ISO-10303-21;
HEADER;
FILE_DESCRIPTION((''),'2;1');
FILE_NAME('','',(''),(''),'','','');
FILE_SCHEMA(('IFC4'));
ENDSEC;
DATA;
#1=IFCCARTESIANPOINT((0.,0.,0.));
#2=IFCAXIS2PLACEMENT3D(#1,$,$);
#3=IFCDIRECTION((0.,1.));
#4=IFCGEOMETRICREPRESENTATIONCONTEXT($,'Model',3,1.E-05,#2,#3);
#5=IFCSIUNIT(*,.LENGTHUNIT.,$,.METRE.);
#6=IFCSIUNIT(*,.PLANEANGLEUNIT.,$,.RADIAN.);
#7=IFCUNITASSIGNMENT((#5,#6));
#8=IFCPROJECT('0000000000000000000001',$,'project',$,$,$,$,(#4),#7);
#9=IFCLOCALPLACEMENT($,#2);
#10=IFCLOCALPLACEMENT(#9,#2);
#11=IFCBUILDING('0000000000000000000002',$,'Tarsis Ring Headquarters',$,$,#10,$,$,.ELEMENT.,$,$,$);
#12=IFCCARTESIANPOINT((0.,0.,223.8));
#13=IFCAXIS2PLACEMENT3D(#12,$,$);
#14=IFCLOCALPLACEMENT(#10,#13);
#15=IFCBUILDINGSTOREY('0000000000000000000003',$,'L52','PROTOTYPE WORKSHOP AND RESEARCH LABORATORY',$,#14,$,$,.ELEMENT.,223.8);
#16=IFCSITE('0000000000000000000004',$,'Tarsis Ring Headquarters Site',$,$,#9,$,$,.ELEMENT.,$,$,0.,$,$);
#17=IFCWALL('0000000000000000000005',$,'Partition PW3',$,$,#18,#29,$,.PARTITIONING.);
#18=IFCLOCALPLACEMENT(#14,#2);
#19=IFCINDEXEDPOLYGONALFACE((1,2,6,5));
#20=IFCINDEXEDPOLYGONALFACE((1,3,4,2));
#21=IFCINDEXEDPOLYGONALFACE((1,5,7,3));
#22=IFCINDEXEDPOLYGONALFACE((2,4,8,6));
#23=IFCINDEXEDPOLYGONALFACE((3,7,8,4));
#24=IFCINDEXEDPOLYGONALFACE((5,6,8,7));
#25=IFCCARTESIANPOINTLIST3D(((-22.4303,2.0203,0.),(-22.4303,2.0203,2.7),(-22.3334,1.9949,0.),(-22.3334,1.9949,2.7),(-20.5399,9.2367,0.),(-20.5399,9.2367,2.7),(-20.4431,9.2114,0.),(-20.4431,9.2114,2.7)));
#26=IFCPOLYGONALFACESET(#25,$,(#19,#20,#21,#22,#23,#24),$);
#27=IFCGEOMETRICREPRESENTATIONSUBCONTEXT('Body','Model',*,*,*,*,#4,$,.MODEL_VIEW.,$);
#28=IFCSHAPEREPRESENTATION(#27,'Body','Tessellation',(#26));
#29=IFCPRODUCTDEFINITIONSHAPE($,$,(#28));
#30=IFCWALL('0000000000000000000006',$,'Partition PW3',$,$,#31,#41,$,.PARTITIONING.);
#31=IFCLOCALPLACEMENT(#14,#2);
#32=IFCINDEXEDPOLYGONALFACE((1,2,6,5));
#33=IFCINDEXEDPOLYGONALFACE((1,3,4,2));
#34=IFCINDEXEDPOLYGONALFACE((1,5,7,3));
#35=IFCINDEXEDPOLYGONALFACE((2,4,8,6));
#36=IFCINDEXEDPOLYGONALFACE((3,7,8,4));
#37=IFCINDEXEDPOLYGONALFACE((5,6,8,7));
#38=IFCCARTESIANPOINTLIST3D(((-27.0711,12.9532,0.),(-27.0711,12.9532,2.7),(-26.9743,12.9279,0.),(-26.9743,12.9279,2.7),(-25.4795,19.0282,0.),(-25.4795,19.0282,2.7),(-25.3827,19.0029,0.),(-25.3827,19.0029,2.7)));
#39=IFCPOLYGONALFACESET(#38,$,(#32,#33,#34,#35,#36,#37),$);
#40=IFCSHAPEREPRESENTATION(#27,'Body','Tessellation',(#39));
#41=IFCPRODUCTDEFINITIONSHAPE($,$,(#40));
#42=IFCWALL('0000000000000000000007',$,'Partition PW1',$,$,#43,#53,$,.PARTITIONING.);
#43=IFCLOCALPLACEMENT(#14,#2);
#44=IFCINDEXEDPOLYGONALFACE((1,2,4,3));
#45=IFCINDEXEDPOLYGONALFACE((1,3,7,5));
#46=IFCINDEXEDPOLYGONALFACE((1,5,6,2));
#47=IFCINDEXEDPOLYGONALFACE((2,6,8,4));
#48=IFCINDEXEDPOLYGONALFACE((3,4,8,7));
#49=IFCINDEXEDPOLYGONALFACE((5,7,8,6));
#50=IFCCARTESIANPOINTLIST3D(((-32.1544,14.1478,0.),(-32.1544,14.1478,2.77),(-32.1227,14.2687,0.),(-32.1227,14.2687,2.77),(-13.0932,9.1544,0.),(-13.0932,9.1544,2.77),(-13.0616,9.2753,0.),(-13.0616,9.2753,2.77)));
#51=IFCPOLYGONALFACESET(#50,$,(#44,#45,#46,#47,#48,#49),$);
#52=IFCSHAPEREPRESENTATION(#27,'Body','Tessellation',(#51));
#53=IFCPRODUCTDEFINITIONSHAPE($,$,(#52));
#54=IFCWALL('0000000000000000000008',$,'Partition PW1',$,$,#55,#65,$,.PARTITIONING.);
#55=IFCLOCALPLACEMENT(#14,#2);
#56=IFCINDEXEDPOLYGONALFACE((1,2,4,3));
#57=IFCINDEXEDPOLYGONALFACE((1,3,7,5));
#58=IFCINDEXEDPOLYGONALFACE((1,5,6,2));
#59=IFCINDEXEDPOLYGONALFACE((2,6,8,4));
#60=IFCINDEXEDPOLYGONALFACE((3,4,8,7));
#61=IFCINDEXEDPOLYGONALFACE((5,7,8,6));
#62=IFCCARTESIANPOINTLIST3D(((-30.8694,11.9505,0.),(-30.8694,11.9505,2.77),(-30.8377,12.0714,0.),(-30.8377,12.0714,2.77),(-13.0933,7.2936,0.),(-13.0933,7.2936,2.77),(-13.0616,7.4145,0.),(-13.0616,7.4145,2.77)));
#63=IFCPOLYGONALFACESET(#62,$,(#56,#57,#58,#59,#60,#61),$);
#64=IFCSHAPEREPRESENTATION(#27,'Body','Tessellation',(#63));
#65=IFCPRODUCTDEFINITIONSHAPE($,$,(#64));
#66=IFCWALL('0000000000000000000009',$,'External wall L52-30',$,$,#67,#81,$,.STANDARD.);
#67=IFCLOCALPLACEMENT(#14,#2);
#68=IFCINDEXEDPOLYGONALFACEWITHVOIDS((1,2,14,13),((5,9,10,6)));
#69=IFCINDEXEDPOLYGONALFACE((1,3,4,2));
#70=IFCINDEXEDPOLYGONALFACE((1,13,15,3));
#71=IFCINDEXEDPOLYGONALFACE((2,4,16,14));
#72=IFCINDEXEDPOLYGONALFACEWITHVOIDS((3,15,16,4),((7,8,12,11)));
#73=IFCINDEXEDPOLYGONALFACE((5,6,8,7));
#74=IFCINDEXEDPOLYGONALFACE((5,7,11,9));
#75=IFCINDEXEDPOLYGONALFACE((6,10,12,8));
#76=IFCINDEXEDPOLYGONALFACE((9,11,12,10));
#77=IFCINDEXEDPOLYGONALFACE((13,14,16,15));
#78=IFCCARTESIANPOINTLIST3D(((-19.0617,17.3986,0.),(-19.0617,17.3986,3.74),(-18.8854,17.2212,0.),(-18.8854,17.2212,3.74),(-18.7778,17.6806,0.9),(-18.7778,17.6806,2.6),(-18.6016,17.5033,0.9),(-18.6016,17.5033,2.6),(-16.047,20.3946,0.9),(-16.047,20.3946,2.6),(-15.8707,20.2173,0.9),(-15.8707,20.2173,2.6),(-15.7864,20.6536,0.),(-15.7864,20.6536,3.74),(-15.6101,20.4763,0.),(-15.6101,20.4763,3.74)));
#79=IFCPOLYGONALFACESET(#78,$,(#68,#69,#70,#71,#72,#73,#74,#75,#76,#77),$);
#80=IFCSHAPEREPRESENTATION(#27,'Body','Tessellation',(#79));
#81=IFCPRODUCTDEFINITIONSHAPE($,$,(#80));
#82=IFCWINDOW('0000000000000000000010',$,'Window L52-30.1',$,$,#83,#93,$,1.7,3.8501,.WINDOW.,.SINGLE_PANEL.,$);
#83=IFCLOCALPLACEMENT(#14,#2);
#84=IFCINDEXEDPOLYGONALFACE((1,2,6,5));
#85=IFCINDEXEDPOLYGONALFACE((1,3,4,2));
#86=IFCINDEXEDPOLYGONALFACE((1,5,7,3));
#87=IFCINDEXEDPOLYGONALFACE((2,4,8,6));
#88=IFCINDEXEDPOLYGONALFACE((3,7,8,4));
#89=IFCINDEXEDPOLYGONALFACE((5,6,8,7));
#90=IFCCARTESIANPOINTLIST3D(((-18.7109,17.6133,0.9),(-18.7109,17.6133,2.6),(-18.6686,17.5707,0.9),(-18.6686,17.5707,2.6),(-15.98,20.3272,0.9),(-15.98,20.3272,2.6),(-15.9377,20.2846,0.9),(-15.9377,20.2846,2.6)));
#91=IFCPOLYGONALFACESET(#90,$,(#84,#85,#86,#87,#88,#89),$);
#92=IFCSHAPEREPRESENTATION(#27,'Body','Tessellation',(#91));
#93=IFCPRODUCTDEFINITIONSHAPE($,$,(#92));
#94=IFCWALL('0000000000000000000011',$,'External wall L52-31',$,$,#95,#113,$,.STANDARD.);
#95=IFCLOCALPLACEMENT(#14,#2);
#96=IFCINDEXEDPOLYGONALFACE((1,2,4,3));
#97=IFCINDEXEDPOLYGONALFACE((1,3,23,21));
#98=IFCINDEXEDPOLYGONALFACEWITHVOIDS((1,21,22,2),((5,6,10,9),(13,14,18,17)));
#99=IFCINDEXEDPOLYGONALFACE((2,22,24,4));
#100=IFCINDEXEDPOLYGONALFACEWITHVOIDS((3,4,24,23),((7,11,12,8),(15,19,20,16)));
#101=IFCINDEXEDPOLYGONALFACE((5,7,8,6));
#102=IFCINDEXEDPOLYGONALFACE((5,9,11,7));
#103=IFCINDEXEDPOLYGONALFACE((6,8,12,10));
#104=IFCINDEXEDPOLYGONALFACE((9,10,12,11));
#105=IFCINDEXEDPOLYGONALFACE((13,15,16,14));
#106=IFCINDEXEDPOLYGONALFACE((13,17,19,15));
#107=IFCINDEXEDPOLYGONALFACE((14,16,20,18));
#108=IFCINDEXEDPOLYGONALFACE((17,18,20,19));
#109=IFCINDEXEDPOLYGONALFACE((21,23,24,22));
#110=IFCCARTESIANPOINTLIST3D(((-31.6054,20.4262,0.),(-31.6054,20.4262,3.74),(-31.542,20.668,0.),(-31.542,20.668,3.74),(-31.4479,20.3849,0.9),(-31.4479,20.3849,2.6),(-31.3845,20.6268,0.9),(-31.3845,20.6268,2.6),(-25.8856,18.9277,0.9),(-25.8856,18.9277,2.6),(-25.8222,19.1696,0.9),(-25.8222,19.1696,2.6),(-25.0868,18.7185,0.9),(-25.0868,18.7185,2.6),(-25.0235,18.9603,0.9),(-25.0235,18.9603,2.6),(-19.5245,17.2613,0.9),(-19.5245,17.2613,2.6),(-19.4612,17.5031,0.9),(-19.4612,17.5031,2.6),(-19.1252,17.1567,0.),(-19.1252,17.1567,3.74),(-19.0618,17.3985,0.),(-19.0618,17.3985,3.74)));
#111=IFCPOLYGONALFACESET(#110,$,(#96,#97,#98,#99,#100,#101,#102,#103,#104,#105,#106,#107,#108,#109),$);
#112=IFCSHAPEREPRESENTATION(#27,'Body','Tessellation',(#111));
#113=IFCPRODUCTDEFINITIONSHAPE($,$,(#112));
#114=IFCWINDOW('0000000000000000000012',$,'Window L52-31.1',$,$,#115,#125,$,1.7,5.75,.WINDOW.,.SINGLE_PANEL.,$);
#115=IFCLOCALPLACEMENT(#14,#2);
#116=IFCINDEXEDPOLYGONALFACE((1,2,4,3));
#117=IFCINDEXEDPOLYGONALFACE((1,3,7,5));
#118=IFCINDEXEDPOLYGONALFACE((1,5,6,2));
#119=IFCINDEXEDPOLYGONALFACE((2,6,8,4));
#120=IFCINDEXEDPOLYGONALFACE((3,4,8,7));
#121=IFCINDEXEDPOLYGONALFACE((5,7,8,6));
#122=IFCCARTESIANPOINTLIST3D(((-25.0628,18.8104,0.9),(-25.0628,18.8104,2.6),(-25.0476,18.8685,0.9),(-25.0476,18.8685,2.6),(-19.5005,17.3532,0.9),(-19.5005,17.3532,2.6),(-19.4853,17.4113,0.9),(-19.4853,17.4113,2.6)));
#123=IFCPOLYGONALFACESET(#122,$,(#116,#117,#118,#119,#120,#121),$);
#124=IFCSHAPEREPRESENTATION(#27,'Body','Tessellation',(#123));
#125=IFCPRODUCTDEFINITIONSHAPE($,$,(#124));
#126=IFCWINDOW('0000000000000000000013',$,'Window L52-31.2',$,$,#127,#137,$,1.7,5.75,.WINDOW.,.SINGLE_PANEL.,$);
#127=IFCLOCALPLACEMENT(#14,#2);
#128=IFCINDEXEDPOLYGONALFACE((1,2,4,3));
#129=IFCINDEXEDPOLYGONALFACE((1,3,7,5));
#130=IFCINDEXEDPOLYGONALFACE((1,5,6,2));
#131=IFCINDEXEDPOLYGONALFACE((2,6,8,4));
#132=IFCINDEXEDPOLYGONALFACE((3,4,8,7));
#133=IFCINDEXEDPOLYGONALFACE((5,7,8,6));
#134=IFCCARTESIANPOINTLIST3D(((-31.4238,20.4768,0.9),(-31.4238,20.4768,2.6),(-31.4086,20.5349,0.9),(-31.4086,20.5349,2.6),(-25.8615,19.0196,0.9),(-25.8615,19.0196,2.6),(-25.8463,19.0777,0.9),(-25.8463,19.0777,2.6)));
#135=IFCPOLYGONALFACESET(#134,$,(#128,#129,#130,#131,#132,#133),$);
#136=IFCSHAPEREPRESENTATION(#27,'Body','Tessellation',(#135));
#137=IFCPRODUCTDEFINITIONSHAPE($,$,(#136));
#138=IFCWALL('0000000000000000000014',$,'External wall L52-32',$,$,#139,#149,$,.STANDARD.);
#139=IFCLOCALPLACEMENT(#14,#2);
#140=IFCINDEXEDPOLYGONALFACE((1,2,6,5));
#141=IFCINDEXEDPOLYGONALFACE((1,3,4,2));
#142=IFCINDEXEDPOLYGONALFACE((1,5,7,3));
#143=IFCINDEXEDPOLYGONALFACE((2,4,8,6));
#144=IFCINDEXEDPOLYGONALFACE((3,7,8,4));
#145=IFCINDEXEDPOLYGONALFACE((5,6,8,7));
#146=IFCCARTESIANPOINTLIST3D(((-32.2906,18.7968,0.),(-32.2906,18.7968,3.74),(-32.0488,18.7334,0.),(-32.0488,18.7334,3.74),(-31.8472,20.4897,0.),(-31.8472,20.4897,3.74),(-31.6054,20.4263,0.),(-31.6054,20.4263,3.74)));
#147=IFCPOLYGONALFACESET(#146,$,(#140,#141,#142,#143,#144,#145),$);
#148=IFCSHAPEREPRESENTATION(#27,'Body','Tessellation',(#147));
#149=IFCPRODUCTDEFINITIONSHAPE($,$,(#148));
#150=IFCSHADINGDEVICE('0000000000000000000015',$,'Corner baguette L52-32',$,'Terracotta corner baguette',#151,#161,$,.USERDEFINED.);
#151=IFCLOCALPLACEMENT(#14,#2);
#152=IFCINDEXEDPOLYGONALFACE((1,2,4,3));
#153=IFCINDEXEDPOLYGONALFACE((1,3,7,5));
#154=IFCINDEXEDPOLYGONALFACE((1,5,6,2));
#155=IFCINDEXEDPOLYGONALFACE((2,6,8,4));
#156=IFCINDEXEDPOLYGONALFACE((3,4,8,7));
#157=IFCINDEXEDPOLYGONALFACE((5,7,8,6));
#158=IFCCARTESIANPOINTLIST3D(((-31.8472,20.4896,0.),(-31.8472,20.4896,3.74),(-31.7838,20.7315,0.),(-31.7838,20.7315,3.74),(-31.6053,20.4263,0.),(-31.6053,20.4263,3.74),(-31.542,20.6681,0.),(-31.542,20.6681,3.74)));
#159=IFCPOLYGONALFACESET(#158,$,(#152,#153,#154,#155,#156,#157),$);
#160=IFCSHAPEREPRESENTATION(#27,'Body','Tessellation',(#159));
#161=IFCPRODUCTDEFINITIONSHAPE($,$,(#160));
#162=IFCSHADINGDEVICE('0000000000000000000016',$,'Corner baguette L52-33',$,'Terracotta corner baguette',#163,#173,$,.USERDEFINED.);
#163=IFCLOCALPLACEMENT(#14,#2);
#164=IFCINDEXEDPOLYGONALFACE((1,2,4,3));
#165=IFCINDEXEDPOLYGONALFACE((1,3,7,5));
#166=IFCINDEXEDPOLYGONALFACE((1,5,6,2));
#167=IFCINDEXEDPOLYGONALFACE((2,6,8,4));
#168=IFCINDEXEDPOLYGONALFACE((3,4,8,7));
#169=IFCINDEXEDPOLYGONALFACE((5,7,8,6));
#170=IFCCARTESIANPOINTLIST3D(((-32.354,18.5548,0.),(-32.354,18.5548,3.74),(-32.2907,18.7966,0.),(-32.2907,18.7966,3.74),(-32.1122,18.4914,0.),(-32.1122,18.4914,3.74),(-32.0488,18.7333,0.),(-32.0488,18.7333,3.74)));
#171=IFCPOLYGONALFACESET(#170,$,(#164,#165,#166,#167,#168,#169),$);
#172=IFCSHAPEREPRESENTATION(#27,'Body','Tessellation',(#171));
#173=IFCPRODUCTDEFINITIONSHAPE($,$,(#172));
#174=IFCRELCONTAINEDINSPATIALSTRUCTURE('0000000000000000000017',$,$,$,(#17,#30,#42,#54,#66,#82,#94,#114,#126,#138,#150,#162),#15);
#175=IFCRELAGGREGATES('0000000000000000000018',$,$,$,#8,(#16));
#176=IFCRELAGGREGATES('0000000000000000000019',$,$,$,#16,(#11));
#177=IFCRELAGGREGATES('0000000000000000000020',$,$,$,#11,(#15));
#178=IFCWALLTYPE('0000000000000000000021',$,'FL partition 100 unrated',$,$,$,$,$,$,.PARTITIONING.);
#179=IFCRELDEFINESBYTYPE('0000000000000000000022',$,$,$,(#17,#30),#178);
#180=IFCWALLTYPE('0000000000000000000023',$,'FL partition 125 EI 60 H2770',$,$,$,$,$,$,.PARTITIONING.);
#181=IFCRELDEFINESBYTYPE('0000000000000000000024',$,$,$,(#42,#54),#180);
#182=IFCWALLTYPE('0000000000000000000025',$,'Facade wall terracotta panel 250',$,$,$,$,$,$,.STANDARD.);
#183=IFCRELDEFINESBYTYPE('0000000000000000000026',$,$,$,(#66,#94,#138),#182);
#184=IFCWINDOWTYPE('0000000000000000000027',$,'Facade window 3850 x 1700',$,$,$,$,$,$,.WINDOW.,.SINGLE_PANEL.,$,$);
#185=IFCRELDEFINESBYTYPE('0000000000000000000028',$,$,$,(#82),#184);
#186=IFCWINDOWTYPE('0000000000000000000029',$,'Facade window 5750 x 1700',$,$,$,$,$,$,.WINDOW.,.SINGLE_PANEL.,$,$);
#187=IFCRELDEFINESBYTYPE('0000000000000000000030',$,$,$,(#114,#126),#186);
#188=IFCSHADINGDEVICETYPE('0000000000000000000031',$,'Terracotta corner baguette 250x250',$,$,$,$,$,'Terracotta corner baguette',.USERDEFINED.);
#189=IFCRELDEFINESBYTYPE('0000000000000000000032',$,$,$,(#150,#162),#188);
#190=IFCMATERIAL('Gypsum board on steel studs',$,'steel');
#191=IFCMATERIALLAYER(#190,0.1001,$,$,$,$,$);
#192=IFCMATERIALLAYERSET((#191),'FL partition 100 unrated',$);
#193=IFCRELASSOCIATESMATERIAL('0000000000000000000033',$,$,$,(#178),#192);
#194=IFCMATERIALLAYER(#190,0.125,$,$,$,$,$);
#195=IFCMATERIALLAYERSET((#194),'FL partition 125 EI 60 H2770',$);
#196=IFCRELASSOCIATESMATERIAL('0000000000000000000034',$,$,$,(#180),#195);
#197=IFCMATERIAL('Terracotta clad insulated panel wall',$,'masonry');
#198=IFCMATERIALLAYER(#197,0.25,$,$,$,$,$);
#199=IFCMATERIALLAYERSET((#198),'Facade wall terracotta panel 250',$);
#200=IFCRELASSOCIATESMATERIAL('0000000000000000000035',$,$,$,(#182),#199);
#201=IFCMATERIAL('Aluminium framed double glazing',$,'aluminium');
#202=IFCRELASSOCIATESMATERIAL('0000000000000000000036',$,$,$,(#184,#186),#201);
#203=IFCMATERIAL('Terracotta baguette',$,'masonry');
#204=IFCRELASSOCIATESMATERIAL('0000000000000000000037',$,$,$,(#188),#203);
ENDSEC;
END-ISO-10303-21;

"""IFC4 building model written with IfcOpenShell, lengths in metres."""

from ifc_helpers import new_model, si_unit, direction, frame, frame_2d, origin, origin_2d, place, context, subcontext, project, spatial, rectangle, extrude, material, layer, layer_set, type_object, element, fill, save


model = new_model("IFC4")

# Units and contexts
model_context = context("Model", 3, precision=1e-05, world=origin(), true_north=direction((0.0, 1.0)))
body_context = subcontext(model_context, "Body", "Model", "MODEL_VIEW")
ifc_project = project(units=[si_unit("LENGTHUNIT", "METRE"), si_unit("PLANEANGLEUNIT", "RADIAN")], contexts=[model_context])

# Site, building, storey
site_placement = place(None, origin())
site = spatial("IfcSite", under=ifc_project, at=site_placement, Name="Tarsis Ring Headquarters Site", CompositionType="ELEMENT", RefElevation=0.0)
building_placement = place(site_placement, origin())
building = spatial("IfcBuilding", under=site, at=building_placement, Name="Tarsis Ring Headquarters", CompositionType="ELEMENT")
storey_placement = place(building_placement, frame((0.0, 0.0, 223.8)))
storey = spatial("IfcBuildingStorey", under=building, at=storey_placement, Name="L52", Description="PROTOTYPE WORKSHOP AND RESEARCH LABORATORY", CompositionType="ELEMENT", Elevation=223.8)

# Walls
ifc_material_1 = material(Name="Gypsum board on steel studs", Category="steel")
ifc_layer_1 = layer(ifc_material_1, 0.1001)
ifc_layer_set_1 = layer_set([ifc_layer_1], Name="FL partition 100 unrated")
wall_type_1 = type_object("IfcWallType", Name="FL partition 100 unrated", PredefinedType="PARTITIONING", material=ifc_layer_set_1)
wall_1_placement = place(storey_placement, frame((-22.3818, 2.0076, 0.0), z_axis=(0.0, 0.0, 1.0), x_axis=(0.253401, 0.967361, 0.0)))
element("IfcWall", 1, at=wall_1_placement, inside=storey, type_object=wall_type_1, Name="Partition PW3", PredefinedType="PARTITIONING", context=body_context, shape_type="SweptSolid", body=[
    extrude(rectangle(XDim=7.46, YDim=0.1001, at=frame_2d((3.73, 0.0))), origin(), (0.0, 0.0, 1.0), 2.7),
])
wall_2_placement = place(storey_placement, frame((-27.0227, 12.9404, 0.0), z_axis=(0.0, 0.0, 1.0), x_axis=(0.253433, 0.967353, 0.0)))
element("IfcWall", 2, at=wall_2_placement, inside=storey, type_object=wall_type_1, Name="Partition PW3", PredefinedType="PARTITIONING", context=body_context, shape_type="SweptSolid", body=[
    extrude(rectangle(XDim=6.28, YDim=0.1001, at=frame_2d((3.1401, 0.0))), origin(), (0.0, 0.0, 1.0), 2.7),
])
ifc_layer_2 = layer(ifc_material_1, 0.125)
ifc_layer_set_2 = layer_set([ifc_layer_2], Name="FL partition 125 EI 60 H2770")
wall_type_2 = type_object("IfcWallType", Name="FL partition 125 EI 60 H2770", PredefinedType="PARTITIONING", material=ifc_layer_set_2)
wall_3_placement = place(storey_placement, frame((-32.1384, 14.2083, 0.0), z_axis=(0.0, 0.0, 1.0), x_axis=(0.967357, -0.253418, 0.0)))
element("IfcWall", 3, at=wall_3_placement, inside=storey, type_object=wall_type_2, Name="Partition PW1", PredefinedType="PARTITIONING", context=body_context, shape_type="SweptSolid", body=[
    extrude(rectangle(XDim=19.7043, YDim=0.125, at=frame_2d((9.8521, 0.0))), origin(), (0.0, 0.0, 1.0), 2.77),
])
wall_4_placement = place(storey_placement, frame((-30.8535, 12.011, 0.0), z_axis=(0.0, 0.0, 1.0), x_axis=(0.967354, -0.253427, 0.0)))
element("IfcWall", 4, at=wall_4_placement, inside=storey, type_object=wall_type_2, Name="Partition PW1", PredefinedType="PARTITIONING", context=body_context, shape_type="SweptSolid", body=[
    extrude(rectangle(XDim=18.376, YDim=0.125, at=frame_2d((9.188, 0.0))), origin(), (0.0, 0.0, 1.0), 2.77),
])

# Wall, opening, window
ifc_material_2 = material(Name="Terracotta clad insulated panel wall", Category="masonry")
ifc_layer_3 = layer(ifc_material_2, 0.25)
ifc_layer_set_3 = layer_set([ifc_layer_3], Name="Facade wall terracotta panel 250")
wall_type_3 = type_object("IfcWallType", Name="Facade wall terracotta panel 250", PredefinedType="STANDARD", material=ifc_layer_set_3)
wall_5_placement = place(storey_placement, frame((-15.6982, 20.5649, 0.0), z_axis=(0.0, 0.0, 1.0), x_axis=(-0.709297, -0.704909, 0.0)))
wall_5 = element("IfcWall", 5, at=wall_5_placement, inside=storey, type_object=wall_type_3, Name="External wall L52-30", PredefinedType="STANDARD", context=body_context, shape_type="SweptSolid", body=[
    extrude(rectangle(XDim=4.6177, YDim=0.25, at=frame_2d((2.3088, 0.0))), origin(), (0.0, 0.0, 1.0), 3.74),
])
opening_1_placement = place(wall_5_placement, frame((0.3674, 0.0, 0.8999)))
opening_1 = element("IfcOpeningElement", 6, at=opening_1_placement, cuts=wall_5, PredefinedType="OPENING", context=body_context, shape_type="SweptSolid", body=[
    extrude(rectangle(XDim=3.8501, YDim=1.7, at=frame_2d((1.925, 0.8501))), frame((0.0, 0.135, 0.0), z_axis=(0.0, -1.0, 0.0), x_axis=(1.0, 0.0, 0.0)), (0.0, 0.0, 1.0), 0.27),
])
ifc_material_3 = material(Name="Aluminium framed double glazing", Category="aluminium")
window_type_1 = type_object("IfcWindowType", Name="Facade window 3850 x 1700", PartitioningType="SINGLE_PANEL", PredefinedType="WINDOW", material=ifc_material_3)
window_1_placement = place(opening_1_placement, origin())
window_1 = element("IfcWindow", 7, at=window_1_placement, inside=storey, type_object=window_type_1, Name="Window L52-30.1", OverallHeight=1.7, OverallWidth=3.8501, PartitioningType="SINGLE_PANEL", PredefinedType="WINDOW", context=body_context, shape_type="SweptSolid", body=[
    extrude(rectangle(XDim=3.8501, YDim=1.7, at=frame_2d((1.925, 0.8501))), frame((0.0, 0.03, 0.0), z_axis=(0.0, -1.0, 0.0), x_axis=(1.0, 0.0, 0.0)), (0.0, 0.0, 1.0), 0.0601),
])
fill(opening_1, window_1)

# Wall, openings, windows
wall_6_placement = place(storey_placement, frame((-19.0935, 17.2776, 0.0), z_axis=(0.0, 0.0, 1.0), x_axis=(-0.967355, 0.253425, 0.0)))
wall_6 = element("IfcWall", 8, at=wall_6_placement, inside=storey, type_object=wall_type_3, Name="External wall L52-31", PredefinedType="STANDARD", context=body_context, shape_type="SweptSolid", body=[
    extrude(rectangle(XDim=12.9014, YDim=0.25, at=frame_2d((6.4507, 0.0))), origin(), (0.0, 0.0, 1.0), 3.74),
])
opening_2_placement = place(wall_6_placement, frame((0.4128, 0.0, 0.8999)))
opening_2 = element("IfcOpeningElement", 9, at=opening_2_placement, cuts=wall_6, PredefinedType="OPENING", context=body_context, shape_type="SweptSolid", body=[
    extrude(rectangle(XDim=5.75, YDim=1.7, at=frame_2d((2.875, 0.8501))), frame((0.0, 0.135, 0.0), z_axis=(0.0, -1.0, 0.0), x_axis=(1.0, 0.0, 0.0)), (0.0, 0.0, 1.0), 0.27),
])
opening_3_placement = place(wall_6_placement, frame((6.9885, 0.0, 0.8999)))
opening_3 = element("IfcOpeningElement", 10, at=opening_3_placement, cuts=wall_6, PredefinedType="OPENING", context=body_context, shape_type="SweptSolid", body=[
    extrude(rectangle(XDim=5.75, YDim=1.7, at=frame_2d((2.875, 0.8501))), frame((0.0, 0.135, 0.0), z_axis=(0.0, -1.0, 0.0), x_axis=(1.0, 0.0, 0.0)), (0.0, 0.0, 1.0), 0.27),
])
window_type_2 = type_object("IfcWindowType", Name="Facade window 5750 x 1700", PartitioningType="SINGLE_PANEL", PredefinedType="WINDOW", material=ifc_material_3)
window_2_placement = place(opening_2_placement, origin())
window_2 = element("IfcWindow", 11, at=window_2_placement, inside=storey, type_object=window_type_2, Name="Window L52-31.1", OverallHeight=1.7, OverallWidth=5.75, PartitioningType="SINGLE_PANEL", PredefinedType="WINDOW", context=body_context, shape_type="SweptSolid", body=[
    extrude(rectangle(XDim=5.75, YDim=1.7, at=frame_2d((2.875, 0.8501))), frame((0.0, 0.03, 0.0), z_axis=(0.0, -1.0, 0.0), x_axis=(1.0, 0.0, 0.0)), (0.0, 0.0, 1.0), 0.0601),
])
fill(opening_2, window_2)
window_3_placement = place(opening_3_placement, origin())
window_3 = element("IfcWindow", 12, at=window_3_placement, inside=storey, type_object=window_type_2, Name="Window L52-31.2", OverallHeight=1.7, OverallWidth=5.75, PartitioningType="SINGLE_PANEL", PredefinedType="WINDOW", context=body_context, shape_type="SweptSolid", body=[
    extrude(rectangle(XDim=5.75, YDim=1.7, at=frame_2d((2.875, 0.8501))), frame((0.0, 0.03, 0.0), z_axis=(0.0, -1.0, 0.0), x_axis=(1.0, 0.0, 0.0)), (0.0, 0.0, 1.0), 0.0601),
])
fill(opening_3, window_3)

# Wall
wall_7_placement = place(storey_placement, frame((-31.7263, 20.458, 0.0), z_axis=(0.0, 0.0, 1.0), x_axis=(-0.253353, -0.967374, 0.0)))
element("IfcWall", 13, at=wall_7_placement, inside=storey, type_object=wall_type_3, Name="External wall L52-32", PredefinedType="STANDARD", context=body_context, shape_type="SweptSolid", body=[
    extrude(rectangle(XDim=1.75, YDim=0.25, at=frame_2d((0.875, 0.0))), origin(), (0.0, 0.0, 1.0), 3.74),
])

# Shading devices
ifc_material_4 = material(Name="Terracotta baguette", Category="masonry")
shading_device_type = type_object("IfcShadingDeviceType", Name="Terracotta corner baguette 250x250", ElementType="Terracotta corner baguette", PredefinedType="USERDEFINED", material=ifc_material_4)
for number, where, z_axis, x_axis, name in (
    (14, (-31.6946, 20.5789, 0.0), (0.0, 0.0, 1.0), (-0.967356, 0.25342, 0.0), "Corner baguette L52-32"),
    (15, (-32.2014, 18.644, 0.0), (0.0, 0.0, 1.0), (-0.25342, -0.967356, 0.0), "Corner baguette L52-33"),
):
    element("IfcShadingDevice", number, at=place(storey_placement, frame(where, z_axis=z_axis, x_axis=x_axis)), inside=storey, type_object=shading_device_type, Name=name, ObjectType="Terracotta corner baguette", PredefinedType="USERDEFINED", context=body_context, shape_type="SweptSolid", body=[
        extrude(rectangle(XDim=0.25, YDim=0.25, at=origin_2d()), origin(), (0.0, 0.0, 1.0), 3.74),
    ])

save(model, "model.ifc")
